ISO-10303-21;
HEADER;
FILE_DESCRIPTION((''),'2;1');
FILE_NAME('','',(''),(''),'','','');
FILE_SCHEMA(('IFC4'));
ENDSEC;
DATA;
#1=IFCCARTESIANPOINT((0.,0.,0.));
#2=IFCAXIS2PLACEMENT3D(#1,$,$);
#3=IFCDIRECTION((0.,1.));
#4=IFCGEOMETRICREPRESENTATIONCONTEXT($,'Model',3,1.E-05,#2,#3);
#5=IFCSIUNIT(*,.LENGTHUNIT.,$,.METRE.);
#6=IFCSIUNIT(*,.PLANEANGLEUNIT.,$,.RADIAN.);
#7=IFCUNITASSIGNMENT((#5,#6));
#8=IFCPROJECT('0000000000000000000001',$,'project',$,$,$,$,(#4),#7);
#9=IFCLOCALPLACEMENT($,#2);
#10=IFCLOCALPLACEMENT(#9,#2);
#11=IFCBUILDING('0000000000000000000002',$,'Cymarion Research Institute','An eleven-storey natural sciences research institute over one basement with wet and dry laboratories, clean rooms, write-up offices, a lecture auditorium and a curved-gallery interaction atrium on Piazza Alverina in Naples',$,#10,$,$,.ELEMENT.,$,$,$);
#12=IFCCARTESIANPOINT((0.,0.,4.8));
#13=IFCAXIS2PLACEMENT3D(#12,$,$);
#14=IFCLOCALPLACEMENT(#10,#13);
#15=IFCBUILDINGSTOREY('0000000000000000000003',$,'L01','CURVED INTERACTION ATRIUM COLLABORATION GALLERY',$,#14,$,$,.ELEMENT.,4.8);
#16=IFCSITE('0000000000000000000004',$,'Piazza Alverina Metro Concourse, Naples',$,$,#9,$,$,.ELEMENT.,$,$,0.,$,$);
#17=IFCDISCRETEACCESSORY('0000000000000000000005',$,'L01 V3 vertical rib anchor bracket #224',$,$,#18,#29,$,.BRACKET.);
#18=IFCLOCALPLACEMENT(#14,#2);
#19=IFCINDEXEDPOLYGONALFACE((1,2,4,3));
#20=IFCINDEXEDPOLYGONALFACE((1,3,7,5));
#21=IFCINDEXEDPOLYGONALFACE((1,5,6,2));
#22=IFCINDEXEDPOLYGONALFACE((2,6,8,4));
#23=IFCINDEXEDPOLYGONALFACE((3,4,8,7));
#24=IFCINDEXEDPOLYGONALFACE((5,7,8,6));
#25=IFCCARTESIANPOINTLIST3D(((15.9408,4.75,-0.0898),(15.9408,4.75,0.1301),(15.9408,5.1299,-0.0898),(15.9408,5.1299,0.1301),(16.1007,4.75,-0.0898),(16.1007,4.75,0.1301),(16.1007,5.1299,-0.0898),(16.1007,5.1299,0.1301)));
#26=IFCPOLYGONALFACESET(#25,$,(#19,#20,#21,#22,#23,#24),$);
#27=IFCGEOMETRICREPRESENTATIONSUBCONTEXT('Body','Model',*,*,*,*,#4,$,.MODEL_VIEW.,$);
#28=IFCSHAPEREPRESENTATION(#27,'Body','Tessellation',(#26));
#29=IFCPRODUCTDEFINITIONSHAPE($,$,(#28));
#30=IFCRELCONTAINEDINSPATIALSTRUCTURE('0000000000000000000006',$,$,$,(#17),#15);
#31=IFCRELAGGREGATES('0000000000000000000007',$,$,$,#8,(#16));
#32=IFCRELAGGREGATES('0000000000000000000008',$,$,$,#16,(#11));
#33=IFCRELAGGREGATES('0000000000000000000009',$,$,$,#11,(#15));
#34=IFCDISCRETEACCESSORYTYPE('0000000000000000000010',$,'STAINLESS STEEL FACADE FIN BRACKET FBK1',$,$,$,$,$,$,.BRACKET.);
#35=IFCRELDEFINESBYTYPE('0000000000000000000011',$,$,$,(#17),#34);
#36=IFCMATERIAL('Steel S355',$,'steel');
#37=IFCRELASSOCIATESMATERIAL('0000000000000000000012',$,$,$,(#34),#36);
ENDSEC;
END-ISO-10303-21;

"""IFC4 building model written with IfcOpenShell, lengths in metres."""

from ifc_helpers import new_model, si_unit, direction, frame, origin, origin_2d, place, context, subcontext, project, spatial, rectangle, extrude, material, type_object, element, save


model = new_model("IFC4")

# Units and contexts
model_context = context("Model", 3, precision=1e-05, world=origin(), true_north=direction((0.0, 1.0)))
body_context = subcontext(model_context, "Body", "Model", "MODEL_VIEW")
ifc_project = project(units=[si_unit("LENGTHUNIT", "METRE"), si_unit("PLANEANGLEUNIT", "RADIAN")], contexts=[model_context])

# Site, building, storey
site_placement = place(None, origin())
site = spatial("IfcSite", under=ifc_project, at=site_placement, Name="Piazza Alverina Metro Concourse, Naples", CompositionType="ELEMENT", RefElevation=0.0)
building_placement = place(site_placement, origin())
building = spatial("IfcBuilding", under=site, at=building_placement, Name="Cymarion Research Institute", Description="An eleven-storey natural sciences research institute over one basement with wet and dry laboratories, clean rooms, write-up offices, a lecture auditorium and a curved-gallery interaction atrium on Piazza Alverina in Naples", CompositionType="ELEMENT")
storey_placement = place(building_placement, frame((0.0, 0.0, 4.8)))
storey = spatial("IfcBuildingStorey", under=building, at=storey_placement, Name="L01", Description="CURVED INTERACTION ATRIUM COLLABORATION GALLERY", CompositionType="ELEMENT", Elevation=4.8)

# Shared definitions
ifc_material_1 = material(Name="Steel S355", Category="steel")

# Discrete accessory
discrete_accessory_type = type_object("IfcDiscreteAccessoryType", Name="STAINLESS STEEL FACADE FIN BRACKET FBK1", PredefinedType="BRACKET", material=ifc_material_1)
for number, where, z_axis, x_axis, name in (
    (1, (16.0208, 4.9399, -0.0898), (0.0, 0.0, 1.0), (0.0, -1.0, 0.0), "L01 V3 vertical rib anchor bracket #224"),
):
    element("IfcDiscreteAccessory", number, at=place(storey_placement, frame(where, z_axis=z_axis, x_axis=x_axis)), inside=storey, type_object=discrete_accessory_type, Name=name, PredefinedType="BRACKET", context=body_context, shape_type="SweptSolid", body=[
        extrude(rectangle(XDim=0.3799, YDim=0.1599, at=origin_2d()), origin(), (0.0, 0.0, 1.0), 0.22),
    ])

save(model, "model.ifc")
